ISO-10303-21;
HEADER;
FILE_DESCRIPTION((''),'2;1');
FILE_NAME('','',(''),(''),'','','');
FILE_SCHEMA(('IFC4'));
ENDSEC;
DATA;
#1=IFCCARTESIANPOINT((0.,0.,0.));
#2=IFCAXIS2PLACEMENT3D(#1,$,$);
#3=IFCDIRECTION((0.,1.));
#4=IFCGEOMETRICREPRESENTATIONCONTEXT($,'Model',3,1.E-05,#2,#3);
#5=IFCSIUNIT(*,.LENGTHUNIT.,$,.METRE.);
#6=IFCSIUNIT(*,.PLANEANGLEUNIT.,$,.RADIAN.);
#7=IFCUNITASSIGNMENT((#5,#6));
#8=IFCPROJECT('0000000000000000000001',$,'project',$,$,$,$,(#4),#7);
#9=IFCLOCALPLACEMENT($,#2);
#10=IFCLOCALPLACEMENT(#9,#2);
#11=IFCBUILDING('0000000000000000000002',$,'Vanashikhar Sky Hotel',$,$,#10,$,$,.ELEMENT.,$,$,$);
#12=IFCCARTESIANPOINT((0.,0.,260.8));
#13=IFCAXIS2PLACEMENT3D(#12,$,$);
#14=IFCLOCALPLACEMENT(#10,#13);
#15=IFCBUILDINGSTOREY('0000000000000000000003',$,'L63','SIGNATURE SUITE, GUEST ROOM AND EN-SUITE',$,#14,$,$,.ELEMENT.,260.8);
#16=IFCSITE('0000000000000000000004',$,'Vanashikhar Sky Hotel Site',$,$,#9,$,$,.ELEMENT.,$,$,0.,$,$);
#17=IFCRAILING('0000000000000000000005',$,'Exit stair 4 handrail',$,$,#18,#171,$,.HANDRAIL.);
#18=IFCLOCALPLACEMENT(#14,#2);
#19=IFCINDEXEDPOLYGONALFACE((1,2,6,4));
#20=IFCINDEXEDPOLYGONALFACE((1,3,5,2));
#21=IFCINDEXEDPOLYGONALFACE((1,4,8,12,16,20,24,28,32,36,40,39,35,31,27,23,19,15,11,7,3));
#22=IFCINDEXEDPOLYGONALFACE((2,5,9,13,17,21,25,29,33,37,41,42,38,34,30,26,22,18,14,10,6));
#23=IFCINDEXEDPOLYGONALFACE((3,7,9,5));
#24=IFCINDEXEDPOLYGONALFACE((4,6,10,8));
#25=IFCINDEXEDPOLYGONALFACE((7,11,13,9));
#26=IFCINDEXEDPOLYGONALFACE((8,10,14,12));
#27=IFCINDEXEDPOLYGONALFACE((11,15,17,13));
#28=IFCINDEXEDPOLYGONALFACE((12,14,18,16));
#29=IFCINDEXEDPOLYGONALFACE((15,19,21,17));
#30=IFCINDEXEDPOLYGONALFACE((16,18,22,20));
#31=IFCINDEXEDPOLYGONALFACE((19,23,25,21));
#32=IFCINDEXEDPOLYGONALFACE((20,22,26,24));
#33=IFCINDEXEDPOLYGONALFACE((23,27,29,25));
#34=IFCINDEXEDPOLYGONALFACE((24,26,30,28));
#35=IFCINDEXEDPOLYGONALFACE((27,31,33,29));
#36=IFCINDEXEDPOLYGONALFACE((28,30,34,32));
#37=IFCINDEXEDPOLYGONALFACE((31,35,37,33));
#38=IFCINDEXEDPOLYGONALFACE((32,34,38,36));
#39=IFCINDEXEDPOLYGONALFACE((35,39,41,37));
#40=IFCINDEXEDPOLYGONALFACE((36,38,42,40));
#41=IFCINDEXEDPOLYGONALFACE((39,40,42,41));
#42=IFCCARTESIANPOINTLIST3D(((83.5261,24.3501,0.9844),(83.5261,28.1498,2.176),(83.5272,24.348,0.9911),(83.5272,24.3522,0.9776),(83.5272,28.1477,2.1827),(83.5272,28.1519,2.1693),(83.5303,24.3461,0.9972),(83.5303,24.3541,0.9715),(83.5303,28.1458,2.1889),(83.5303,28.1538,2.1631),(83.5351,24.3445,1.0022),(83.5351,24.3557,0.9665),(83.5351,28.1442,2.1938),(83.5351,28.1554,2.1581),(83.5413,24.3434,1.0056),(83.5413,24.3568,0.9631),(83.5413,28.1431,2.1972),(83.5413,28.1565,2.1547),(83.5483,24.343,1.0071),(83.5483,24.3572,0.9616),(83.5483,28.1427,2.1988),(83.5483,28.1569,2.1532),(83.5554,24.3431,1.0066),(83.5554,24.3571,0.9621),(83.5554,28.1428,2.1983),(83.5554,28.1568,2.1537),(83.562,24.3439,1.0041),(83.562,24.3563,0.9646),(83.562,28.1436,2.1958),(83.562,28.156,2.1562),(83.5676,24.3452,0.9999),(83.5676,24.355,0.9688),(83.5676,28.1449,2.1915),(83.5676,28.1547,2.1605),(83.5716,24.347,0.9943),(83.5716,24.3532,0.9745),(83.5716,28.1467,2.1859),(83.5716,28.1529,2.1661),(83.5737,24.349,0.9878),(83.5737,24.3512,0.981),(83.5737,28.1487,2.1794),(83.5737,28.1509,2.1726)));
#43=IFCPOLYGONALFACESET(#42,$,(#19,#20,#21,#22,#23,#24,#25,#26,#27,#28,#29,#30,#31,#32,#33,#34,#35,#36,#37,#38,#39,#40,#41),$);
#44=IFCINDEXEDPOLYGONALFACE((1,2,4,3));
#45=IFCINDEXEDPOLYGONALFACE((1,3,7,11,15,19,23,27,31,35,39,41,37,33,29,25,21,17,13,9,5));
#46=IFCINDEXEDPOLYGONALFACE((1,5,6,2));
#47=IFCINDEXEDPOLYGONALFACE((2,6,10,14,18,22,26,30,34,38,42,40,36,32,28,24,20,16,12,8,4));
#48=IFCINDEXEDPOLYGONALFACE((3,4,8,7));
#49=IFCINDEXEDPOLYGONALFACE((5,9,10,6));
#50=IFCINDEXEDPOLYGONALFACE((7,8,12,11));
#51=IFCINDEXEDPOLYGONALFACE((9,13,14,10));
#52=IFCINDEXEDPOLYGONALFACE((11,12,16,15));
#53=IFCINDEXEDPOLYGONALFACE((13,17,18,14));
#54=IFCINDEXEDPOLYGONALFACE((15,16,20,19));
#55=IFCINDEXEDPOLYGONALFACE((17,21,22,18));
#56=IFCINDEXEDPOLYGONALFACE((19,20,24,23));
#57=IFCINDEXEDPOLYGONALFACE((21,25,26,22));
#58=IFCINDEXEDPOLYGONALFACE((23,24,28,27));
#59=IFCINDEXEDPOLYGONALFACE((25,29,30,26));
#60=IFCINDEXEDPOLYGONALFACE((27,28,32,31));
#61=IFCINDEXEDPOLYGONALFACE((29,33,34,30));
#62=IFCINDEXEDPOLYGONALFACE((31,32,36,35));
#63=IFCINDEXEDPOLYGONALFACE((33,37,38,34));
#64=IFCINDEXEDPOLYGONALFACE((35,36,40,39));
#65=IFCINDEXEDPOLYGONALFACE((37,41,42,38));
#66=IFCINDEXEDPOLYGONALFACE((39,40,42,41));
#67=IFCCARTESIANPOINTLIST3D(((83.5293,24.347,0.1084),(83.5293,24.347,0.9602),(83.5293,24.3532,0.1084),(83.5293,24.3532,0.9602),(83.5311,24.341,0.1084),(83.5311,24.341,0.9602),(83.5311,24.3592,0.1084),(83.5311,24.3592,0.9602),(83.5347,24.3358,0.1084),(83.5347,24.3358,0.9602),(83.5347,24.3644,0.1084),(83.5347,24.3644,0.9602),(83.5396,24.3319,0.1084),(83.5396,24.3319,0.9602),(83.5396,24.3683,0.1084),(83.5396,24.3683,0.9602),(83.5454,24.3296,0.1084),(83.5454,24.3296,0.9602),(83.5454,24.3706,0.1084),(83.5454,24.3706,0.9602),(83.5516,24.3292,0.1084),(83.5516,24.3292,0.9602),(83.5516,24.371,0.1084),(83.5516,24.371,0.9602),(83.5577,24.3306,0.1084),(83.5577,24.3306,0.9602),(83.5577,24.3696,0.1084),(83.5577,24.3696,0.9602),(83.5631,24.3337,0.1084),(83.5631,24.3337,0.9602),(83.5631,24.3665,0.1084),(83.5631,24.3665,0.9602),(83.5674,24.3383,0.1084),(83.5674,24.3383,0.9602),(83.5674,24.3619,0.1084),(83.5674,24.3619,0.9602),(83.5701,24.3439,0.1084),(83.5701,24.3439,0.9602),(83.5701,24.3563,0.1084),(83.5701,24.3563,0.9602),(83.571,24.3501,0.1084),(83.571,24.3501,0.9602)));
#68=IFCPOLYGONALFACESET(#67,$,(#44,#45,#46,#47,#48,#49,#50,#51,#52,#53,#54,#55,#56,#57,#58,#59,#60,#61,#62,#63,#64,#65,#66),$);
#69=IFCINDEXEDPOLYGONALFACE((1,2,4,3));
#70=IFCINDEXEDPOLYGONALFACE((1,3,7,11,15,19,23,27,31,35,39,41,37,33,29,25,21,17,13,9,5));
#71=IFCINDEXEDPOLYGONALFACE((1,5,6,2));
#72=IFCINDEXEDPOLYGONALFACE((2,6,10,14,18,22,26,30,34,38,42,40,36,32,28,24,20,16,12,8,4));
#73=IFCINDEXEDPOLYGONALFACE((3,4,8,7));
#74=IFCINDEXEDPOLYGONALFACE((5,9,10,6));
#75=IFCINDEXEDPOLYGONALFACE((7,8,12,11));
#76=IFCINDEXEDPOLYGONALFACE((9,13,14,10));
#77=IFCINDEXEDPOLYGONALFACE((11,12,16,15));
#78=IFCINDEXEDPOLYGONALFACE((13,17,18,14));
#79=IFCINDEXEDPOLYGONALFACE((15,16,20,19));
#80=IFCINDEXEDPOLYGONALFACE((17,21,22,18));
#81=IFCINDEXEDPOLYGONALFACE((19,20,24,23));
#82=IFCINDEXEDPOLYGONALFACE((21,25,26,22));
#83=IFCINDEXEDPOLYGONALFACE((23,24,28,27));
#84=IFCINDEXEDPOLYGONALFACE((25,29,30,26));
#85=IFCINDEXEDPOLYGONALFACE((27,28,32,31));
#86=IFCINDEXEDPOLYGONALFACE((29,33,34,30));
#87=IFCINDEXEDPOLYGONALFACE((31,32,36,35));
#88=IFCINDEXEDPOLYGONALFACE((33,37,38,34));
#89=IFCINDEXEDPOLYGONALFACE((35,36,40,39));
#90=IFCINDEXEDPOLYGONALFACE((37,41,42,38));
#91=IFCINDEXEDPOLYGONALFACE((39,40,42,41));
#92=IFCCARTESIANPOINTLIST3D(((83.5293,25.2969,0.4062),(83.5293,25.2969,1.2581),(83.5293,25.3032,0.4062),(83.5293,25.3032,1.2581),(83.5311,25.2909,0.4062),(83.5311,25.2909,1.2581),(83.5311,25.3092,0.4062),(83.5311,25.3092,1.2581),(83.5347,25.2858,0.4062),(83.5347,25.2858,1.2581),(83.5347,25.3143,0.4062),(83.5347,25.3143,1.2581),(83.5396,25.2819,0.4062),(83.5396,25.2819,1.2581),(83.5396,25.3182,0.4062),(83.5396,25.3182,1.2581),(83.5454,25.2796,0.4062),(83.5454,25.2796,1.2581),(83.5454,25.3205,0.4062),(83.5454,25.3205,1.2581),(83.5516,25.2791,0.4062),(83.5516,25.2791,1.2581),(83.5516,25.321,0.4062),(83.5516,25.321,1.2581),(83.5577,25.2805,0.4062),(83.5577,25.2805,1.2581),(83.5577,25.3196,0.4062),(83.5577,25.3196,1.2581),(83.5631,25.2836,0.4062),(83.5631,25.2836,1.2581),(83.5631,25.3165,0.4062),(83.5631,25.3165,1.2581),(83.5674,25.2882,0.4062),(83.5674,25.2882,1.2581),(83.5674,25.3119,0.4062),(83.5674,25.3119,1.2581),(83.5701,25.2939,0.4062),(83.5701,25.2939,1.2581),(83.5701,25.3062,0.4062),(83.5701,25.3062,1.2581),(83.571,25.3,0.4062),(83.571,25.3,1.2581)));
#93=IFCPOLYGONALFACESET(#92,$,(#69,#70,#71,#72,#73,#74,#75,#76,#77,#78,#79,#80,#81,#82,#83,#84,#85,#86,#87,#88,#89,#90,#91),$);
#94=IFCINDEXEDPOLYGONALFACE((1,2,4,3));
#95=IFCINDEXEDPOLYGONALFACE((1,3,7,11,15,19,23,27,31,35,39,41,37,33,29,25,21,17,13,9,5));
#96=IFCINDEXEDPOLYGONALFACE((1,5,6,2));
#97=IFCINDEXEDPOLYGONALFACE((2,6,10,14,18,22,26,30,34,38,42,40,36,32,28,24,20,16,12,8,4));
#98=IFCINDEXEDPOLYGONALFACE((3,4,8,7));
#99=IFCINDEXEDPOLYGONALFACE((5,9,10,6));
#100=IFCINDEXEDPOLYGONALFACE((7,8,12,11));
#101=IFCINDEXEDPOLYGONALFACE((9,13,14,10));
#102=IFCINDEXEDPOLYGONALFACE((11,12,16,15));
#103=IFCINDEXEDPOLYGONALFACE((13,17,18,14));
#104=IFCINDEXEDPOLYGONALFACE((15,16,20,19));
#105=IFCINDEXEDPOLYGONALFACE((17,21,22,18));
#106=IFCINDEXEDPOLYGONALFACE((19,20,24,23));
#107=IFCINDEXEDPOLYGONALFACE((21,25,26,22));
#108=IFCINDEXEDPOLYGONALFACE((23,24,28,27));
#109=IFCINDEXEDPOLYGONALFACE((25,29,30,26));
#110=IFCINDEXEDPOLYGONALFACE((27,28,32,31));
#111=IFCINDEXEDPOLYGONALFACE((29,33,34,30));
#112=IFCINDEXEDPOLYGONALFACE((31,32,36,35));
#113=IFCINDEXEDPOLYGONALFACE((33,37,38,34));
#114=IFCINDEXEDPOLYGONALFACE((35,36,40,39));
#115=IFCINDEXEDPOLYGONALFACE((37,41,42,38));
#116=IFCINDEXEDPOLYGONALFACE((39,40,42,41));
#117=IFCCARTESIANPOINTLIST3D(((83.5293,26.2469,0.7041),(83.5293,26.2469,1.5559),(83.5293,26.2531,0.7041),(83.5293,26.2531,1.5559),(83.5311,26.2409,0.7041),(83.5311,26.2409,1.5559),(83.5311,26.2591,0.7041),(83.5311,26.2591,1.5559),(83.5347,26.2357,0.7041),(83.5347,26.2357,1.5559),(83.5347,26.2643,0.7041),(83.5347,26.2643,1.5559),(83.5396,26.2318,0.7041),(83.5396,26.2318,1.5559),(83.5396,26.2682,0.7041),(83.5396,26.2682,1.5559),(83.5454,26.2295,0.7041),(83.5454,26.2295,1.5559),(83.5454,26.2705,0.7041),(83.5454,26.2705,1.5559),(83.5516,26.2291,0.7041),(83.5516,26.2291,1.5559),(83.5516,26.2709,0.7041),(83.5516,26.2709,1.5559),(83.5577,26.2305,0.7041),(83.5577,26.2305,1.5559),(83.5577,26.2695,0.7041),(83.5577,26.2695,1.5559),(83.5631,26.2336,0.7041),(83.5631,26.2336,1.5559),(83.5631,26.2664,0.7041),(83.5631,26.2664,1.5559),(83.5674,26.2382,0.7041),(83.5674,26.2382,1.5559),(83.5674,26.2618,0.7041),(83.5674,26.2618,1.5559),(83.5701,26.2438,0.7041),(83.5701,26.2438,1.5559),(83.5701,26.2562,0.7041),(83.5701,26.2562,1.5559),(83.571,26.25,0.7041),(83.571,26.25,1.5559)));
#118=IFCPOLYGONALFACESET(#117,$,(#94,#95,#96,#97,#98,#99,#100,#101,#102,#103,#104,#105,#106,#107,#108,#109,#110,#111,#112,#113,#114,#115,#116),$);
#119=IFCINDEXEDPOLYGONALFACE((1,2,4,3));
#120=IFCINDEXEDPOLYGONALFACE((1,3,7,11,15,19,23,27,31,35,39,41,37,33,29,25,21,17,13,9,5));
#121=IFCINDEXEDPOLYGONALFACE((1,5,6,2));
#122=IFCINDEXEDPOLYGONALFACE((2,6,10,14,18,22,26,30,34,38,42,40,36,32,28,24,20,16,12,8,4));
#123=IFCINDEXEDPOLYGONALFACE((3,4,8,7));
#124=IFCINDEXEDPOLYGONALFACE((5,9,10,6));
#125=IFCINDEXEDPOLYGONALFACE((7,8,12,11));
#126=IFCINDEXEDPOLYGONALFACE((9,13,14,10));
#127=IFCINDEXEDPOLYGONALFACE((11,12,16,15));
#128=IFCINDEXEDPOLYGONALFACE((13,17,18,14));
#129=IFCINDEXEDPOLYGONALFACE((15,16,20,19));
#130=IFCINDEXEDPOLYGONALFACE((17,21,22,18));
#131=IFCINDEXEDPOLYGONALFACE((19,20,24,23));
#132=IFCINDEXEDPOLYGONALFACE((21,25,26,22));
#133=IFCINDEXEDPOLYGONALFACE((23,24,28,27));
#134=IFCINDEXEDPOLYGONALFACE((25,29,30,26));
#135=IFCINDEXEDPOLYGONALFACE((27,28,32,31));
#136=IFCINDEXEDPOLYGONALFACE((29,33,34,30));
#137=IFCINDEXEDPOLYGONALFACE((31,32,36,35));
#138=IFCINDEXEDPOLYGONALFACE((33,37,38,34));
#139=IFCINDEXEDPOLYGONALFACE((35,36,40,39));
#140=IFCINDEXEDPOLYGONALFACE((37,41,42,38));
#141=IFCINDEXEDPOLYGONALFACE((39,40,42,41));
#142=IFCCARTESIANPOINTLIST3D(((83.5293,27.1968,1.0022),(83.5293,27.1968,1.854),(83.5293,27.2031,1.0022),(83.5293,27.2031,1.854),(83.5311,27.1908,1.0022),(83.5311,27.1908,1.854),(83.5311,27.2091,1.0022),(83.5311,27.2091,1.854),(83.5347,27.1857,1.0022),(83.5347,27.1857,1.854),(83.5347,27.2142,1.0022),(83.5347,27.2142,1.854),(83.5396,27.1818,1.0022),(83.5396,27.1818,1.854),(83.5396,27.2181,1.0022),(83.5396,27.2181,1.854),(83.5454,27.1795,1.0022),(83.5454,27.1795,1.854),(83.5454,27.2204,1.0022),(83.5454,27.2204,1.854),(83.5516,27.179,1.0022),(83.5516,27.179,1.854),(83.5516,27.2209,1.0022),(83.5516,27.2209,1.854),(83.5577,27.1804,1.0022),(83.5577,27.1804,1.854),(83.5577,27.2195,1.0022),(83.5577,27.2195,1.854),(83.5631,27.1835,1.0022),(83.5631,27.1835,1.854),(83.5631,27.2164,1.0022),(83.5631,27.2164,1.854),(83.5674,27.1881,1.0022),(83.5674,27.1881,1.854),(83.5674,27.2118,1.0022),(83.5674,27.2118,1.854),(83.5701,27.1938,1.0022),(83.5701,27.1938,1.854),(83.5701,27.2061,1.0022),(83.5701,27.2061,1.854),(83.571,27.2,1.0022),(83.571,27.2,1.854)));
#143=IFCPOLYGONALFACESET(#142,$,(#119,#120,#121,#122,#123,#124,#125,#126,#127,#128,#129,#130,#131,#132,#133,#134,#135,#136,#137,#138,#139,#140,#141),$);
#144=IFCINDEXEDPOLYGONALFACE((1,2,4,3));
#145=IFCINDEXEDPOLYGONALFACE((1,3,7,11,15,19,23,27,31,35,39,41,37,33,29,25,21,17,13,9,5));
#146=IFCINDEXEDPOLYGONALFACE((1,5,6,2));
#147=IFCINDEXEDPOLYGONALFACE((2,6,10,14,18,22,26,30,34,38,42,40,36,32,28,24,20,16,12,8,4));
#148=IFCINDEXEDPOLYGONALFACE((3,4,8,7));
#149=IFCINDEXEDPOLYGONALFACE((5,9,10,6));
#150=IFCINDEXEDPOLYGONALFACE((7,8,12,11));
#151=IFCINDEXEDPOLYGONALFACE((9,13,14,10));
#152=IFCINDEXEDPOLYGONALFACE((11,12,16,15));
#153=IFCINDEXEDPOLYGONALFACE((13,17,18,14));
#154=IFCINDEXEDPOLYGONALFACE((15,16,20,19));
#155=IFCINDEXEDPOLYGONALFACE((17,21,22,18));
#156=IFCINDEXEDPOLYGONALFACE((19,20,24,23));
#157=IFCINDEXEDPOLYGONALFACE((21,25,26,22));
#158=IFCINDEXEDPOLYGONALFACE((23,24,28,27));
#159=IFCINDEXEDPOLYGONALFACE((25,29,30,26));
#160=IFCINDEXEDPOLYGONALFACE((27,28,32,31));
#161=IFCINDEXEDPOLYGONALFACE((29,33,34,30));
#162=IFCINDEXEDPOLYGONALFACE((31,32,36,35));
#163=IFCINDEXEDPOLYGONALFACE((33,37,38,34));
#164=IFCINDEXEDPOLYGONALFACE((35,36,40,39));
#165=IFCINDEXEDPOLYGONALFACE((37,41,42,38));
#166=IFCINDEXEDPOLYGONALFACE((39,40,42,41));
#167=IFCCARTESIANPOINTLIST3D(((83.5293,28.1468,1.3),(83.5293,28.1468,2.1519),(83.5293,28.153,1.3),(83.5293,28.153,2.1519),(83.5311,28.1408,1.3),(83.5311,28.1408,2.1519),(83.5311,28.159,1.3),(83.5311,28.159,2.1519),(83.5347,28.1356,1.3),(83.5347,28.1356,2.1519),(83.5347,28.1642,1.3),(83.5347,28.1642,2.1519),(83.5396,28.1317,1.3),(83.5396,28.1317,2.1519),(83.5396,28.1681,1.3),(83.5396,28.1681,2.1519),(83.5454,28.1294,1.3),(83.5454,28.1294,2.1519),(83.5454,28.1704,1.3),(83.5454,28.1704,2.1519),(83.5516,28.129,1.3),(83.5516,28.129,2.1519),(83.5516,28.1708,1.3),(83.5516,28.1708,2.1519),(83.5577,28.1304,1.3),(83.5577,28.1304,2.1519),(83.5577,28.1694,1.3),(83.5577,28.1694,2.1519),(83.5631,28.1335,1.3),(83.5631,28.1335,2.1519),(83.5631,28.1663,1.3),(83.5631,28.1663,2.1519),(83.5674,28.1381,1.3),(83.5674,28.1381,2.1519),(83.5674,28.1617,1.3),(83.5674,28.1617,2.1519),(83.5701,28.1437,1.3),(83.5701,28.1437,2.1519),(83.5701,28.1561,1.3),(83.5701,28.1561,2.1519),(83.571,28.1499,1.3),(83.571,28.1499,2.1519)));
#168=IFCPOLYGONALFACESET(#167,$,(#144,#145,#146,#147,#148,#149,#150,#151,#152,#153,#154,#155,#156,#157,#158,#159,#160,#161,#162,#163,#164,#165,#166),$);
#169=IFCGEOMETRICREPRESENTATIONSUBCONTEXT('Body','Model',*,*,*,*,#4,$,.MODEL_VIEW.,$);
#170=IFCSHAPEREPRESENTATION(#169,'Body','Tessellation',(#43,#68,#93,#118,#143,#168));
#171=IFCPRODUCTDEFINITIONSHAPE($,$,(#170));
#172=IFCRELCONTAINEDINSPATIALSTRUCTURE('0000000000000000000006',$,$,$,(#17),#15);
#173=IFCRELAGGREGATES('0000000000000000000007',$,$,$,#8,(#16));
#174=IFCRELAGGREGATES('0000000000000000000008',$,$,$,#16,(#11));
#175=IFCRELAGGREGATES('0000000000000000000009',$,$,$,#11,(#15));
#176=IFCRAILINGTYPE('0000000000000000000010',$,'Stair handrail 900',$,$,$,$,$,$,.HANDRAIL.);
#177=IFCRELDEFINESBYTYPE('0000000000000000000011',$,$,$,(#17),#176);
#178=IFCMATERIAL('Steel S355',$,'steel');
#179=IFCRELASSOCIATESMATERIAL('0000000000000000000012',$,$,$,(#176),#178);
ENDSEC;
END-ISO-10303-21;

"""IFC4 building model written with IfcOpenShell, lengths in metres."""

from ifc_helpers import new_model, si_unit, direction, frame, origin, origin_2d, place, context, subcontext, project, spatial, circle, extrude, source, transform, mapped, material, type_object, element, save


model = new_model("IFC4")

# Units and contexts
model_context = context("Model", 3, precision=1e-05, world=origin(), true_north=direction((0.0, 1.0)))
body_context = subcontext(model_context, "Body", "Model", "MODEL_VIEW")
ifc_project = project(units=[si_unit("LENGTHUNIT", "METRE"), si_unit("PLANEANGLEUNIT", "RADIAN")], contexts=[model_context])

# Site, building, storey
site_placement = place(None, origin())
site = spatial("IfcSite", under=ifc_project, at=site_placement, Name="Vanashikhar Sky Hotel Site", CompositionType="ELEMENT", RefElevation=0.0)
building_placement = place(site_placement, origin())
building = spatial("IfcBuilding", under=site, at=building_placement, Name="Vanashikhar Sky Hotel", CompositionType="ELEMENT")
storey_placement = place(building_placement, frame((0.0, 0.0, 260.8)))
storey = spatial("IfcBuildingStorey", under=building, at=storey_placement, Name="L63", Description="SIGNATURE SUITE, GUEST ROOM AND EN-SUITE", CompositionType="ELEMENT", Elevation=260.8)

# Railing
ifc_material_1 = material(Name="Steel S355", Category="steel")
railing_type_1 = type_object("IfcRailingType", Name="Stair handrail 900", PredefinedType="HANDRAIL", material=ifc_material_1)
shared_shape_1 = source(origin(), body_context, "Body", "SweptSolid", [
    extrude(circle(Radius=0.0239, at=origin_2d()), frame((0.0, 0.0, 0.876), z_axis=(0.0, 0.954178, 0.299238), x_axis=(-1.0, 0.0, 0.0)), (0.0, 0.0, 1.0), 3.9822),
    extrude(circle(Radius=0.021, at=origin_2d()), origin(), (0.0, 0.0, 1.0), 0.8518),
    extrude(circle(Radius=0.021, at=origin_2d()), frame((0.0, 0.95, 0.2979)), (0.0, 0.0, 1.0), 0.8518),
    extrude(circle(Radius=0.021, at=origin_2d()), frame((0.0, 1.8999, 0.5957)), (0.0, 0.0, 1.0), 0.8518),
    extrude(circle(Radius=0.021, at=origin_2d()), frame((0.0, 2.8499, 0.8938)), (0.0, 0.0, 1.0), 0.8518),
    extrude(circle(Radius=0.021, at=origin_2d()), frame((0.0, 3.7998, 1.1917)), (0.0, 0.0, 1.0), 0.8518),
])
for number, where, name in (
    (1, (83.55, 24.3501, 0.1084), "Exit stair 4 handrail"),
):
    element("IfcRailing", number, at=place(storey_placement, frame(where)), inside=storey, type_object=railing_type_1, Name=name, PredefinedType="HANDRAIL", context=body_context, shape_type="MappedRepresentation", body=[
        mapped(shared_shape_1, transform((0.0, 0.0, 0.0), scale=1.0)),
    ])

save(model, "model.ifc")
